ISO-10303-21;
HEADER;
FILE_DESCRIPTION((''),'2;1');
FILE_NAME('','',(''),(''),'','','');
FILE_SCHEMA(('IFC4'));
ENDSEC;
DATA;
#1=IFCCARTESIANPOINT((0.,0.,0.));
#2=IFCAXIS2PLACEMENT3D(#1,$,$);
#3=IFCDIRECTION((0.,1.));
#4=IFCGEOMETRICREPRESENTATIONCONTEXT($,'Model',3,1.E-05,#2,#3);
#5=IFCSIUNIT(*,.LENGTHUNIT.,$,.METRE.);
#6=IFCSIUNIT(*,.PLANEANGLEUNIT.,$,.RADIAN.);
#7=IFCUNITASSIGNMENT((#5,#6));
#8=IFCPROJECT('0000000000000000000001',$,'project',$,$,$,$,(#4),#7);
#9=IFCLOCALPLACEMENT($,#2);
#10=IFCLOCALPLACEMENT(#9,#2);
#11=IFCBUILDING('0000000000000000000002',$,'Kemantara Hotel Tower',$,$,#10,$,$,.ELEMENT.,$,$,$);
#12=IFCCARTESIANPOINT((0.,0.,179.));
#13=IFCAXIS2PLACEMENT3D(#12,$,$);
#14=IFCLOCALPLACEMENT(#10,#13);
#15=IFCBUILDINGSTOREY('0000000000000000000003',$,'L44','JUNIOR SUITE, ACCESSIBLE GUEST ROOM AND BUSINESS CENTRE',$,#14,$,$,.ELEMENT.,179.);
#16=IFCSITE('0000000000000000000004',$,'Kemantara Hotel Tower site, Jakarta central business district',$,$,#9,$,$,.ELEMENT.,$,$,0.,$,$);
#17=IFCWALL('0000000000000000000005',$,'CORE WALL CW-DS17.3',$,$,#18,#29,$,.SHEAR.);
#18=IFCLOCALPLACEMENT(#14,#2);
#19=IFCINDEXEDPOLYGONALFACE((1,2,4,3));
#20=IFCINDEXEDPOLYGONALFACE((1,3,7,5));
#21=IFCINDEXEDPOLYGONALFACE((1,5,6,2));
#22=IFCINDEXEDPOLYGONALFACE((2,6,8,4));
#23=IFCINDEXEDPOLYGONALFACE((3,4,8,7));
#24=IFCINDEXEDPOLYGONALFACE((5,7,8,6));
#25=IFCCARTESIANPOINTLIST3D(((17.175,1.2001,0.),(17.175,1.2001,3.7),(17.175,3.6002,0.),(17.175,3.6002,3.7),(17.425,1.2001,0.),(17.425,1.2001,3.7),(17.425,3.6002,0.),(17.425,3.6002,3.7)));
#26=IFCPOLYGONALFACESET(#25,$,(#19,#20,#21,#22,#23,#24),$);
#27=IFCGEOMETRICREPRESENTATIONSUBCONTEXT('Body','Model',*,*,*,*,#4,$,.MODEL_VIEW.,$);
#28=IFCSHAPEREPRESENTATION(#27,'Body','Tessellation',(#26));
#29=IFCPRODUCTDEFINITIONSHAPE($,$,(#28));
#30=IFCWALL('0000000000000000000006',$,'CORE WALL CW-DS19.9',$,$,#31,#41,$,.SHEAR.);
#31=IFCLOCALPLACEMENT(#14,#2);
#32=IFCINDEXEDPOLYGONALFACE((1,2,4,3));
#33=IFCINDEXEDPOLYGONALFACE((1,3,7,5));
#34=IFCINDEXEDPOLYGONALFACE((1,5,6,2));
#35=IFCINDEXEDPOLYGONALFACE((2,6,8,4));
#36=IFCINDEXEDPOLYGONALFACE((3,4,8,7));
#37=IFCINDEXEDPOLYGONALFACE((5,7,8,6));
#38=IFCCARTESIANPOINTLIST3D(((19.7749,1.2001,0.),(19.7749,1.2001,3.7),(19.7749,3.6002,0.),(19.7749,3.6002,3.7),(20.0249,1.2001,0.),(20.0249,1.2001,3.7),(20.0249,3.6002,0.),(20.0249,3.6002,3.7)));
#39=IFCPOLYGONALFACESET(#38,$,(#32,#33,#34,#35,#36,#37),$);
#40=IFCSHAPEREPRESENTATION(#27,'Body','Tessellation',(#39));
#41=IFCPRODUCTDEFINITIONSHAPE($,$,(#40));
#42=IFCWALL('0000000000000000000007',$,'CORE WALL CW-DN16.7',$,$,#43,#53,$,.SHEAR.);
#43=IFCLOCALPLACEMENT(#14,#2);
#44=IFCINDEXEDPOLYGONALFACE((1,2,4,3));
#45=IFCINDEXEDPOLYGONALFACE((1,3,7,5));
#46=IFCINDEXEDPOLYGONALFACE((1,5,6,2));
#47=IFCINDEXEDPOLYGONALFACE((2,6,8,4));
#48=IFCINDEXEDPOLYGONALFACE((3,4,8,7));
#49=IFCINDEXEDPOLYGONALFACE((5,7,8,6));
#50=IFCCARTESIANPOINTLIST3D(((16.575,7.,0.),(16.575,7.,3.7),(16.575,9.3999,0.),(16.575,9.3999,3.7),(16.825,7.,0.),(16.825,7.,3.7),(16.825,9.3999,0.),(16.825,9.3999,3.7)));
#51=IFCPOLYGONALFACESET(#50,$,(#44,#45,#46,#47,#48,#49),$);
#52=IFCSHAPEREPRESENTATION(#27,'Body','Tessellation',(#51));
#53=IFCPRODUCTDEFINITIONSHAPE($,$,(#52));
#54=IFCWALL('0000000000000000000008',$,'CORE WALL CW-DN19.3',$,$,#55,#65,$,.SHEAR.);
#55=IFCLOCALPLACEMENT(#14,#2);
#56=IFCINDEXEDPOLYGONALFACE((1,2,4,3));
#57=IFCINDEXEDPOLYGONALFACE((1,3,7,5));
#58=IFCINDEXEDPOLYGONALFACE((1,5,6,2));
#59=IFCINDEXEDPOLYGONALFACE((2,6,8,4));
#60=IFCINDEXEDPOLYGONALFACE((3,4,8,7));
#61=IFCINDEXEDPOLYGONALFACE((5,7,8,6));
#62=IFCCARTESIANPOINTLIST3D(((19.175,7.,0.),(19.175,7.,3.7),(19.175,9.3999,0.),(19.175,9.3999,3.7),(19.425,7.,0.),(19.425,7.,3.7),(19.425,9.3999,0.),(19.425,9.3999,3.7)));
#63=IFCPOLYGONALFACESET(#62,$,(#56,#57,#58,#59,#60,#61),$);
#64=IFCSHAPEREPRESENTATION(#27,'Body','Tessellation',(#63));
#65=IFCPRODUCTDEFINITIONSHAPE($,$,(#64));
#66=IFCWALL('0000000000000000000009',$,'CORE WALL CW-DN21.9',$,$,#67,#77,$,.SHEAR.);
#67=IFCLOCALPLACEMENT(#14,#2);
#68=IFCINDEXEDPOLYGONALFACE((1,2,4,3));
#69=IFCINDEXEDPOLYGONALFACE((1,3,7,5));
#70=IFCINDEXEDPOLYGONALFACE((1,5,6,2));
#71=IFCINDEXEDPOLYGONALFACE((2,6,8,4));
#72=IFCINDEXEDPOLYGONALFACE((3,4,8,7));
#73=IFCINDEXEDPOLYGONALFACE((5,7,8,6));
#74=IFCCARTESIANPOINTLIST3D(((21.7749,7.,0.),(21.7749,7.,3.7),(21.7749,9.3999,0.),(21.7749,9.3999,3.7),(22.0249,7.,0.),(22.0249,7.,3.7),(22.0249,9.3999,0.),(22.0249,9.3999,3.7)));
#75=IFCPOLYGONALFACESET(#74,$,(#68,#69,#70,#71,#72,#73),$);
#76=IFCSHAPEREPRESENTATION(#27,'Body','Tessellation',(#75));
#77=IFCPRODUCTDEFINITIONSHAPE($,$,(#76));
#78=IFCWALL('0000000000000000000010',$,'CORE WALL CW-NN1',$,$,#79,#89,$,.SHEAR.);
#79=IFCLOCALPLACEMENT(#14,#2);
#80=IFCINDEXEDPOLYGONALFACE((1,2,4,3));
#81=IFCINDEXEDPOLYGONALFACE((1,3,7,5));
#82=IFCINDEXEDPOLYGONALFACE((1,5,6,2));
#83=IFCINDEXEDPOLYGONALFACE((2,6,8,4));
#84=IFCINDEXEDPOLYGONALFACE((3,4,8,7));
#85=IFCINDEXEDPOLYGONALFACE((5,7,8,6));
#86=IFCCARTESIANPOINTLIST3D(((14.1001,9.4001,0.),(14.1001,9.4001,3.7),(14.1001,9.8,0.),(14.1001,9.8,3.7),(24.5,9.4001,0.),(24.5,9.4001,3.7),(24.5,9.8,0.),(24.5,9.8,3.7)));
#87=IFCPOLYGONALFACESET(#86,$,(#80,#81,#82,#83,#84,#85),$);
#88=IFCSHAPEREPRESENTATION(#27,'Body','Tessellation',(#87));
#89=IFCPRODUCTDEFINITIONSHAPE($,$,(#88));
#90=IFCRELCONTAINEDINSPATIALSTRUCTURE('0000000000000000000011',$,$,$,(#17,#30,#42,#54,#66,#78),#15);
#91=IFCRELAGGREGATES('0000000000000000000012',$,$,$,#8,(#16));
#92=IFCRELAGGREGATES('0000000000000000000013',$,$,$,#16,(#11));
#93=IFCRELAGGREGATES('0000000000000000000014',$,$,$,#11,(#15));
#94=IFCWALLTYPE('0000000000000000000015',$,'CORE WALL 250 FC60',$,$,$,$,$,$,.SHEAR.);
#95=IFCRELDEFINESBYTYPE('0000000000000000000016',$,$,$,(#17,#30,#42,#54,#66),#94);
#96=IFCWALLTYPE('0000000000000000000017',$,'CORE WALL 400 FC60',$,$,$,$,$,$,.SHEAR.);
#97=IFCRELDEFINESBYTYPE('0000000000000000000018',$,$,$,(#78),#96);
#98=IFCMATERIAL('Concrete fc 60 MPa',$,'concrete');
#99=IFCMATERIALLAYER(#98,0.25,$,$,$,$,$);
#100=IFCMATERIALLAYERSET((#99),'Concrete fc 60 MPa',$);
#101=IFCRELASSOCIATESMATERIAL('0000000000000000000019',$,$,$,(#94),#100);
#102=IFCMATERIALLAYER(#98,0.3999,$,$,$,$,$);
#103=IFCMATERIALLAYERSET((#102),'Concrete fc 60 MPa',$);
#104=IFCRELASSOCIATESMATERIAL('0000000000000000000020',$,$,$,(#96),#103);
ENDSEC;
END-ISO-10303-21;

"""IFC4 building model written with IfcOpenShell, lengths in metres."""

from ifc_helpers import new_model, si_unit, direction, frame, frame_2d, origin, place, context, subcontext, project, spatial, rectangle, extrude, material, layer, layer_set, type_object, element, save


model = new_model("IFC4")

# Units and contexts
model_context = context("Model", 3, precision=1e-05, world=origin(), true_north=direction((0.0, 1.0)))
body_context = subcontext(model_context, "Body", "Model", "MODEL_VIEW")
ifc_project = project(units=[si_unit("LENGTHUNIT", "METRE"), si_unit("PLANEANGLEUNIT", "RADIAN")], contexts=[model_context])

# Site, building, storey
site_placement = place(None, origin())
site = spatial("IfcSite", under=ifc_project, at=site_placement, Name="Kemantara Hotel Tower site, Jakarta central business district", CompositionType="ELEMENT", RefElevation=0.0)
building_placement = place(site_placement, origin())
building = spatial("IfcBuilding", under=site, at=building_placement, Name="Kemantara Hotel Tower", CompositionType="ELEMENT")
storey_placement = place(building_placement, frame((0.0, 0.0, 179.0)))
storey = spatial("IfcBuildingStorey", under=building, at=storey_placement, Name="L44", Description="JUNIOR SUITE, ACCESSIBLE GUEST ROOM AND BUSINESS CENTRE", CompositionType="ELEMENT", Elevation=179.0)

# Walls
ifc_material_1 = material(Name="Concrete fc 60 MPa", Category="concrete")
ifc_layer_1 = layer(ifc_material_1, 0.25)
ifc_layer_set_1 = layer_set([ifc_layer_1], Name="Concrete fc 60 MPa")
wall_type_1 = type_object("IfcWallType", Name="CORE WALL 250 FC60", PredefinedType="SHEAR", material=ifc_layer_set_1)
for number, where, z_axis, x_axis, name in (
    (1, (17.3, 1.2, 0.0), (0.0, 0.0, 1.0), (0.0, 1.0, 0.0), "CORE WALL CW-DS17.3"),
    (2, (19.8999, 1.2, 0.0), (0.0, 0.0, 1.0), (0.0, 1.0, 0.0), "CORE WALL CW-DS19.9"),
):
    element("IfcWall", number, at=place(storey_placement, frame(where, z_axis=z_axis, x_axis=x_axis)), inside=storey, type_object=wall_type_1, Name=name, PredefinedType="SHEAR", context=body_context, shape_type="SweptSolid", body=[
        extrude(rectangle(XDim=2.4001, YDim=0.25, at=frame_2d((1.2002, 0.0))), origin(), (0.0, 0.0, 1.0), 3.7),
    ])
for number, where, z_axis, x_axis, name in (
    (3, (16.7, 7.0, 0.0), (0.0, 0.0, 1.0), (0.0, 1.0, 0.0), "CORE WALL CW-DN16.7"),
    (4, (19.3, 7.0, 0.0), (0.0, 0.0, 1.0), (0.0, 1.0, 0.0), "CORE WALL CW-DN19.3"),
    (5, (21.8999, 7.0, 0.0), (0.0, 0.0, 1.0), (0.0, 1.0, 0.0), "CORE WALL CW-DN21.9"),
):
    element("IfcWall", number, at=place(storey_placement, frame(where, z_axis=z_axis, x_axis=x_axis)), inside=storey, type_object=wall_type_1, Name=name, PredefinedType="SHEAR", context=body_context, shape_type="SweptSolid", body=[
        extrude(rectangle(XDim=2.3999, YDim=0.25, at=frame_2d((1.2, 0.0))), origin(), (0.0, 0.0, 1.0), 3.7),
    ])
ifc_layer_2 = layer(ifc_material_1, 0.3999)
ifc_layer_set_2 = layer_set([ifc_layer_2], Name="Concrete fc 60 MPa")
wall_type_2 = type_object("IfcWallType", Name="CORE WALL 400 FC60", PredefinedType="SHEAR", material=ifc_layer_set_2)
wall_1_placement = place(storey_placement, frame((14.1001, 9.6001, 0.0), z_axis=(0.0, 0.0, 1.0), x_axis=(1.0, 0.0, 0.0)))
element("IfcWall", 6, at=wall_1_placement, inside=storey, type_object=wall_type_2, Name="CORE WALL CW-NN1", PredefinedType="SHEAR", context=body_context, shape_type="SweptSolid", body=[
    extrude(rectangle(XDim=10.3999, YDim=0.3999, at=frame_2d((5.2, 0.0))), origin(), (0.0, 0.0, 1.0), 3.7),
])

save(model, "model.ifc")
